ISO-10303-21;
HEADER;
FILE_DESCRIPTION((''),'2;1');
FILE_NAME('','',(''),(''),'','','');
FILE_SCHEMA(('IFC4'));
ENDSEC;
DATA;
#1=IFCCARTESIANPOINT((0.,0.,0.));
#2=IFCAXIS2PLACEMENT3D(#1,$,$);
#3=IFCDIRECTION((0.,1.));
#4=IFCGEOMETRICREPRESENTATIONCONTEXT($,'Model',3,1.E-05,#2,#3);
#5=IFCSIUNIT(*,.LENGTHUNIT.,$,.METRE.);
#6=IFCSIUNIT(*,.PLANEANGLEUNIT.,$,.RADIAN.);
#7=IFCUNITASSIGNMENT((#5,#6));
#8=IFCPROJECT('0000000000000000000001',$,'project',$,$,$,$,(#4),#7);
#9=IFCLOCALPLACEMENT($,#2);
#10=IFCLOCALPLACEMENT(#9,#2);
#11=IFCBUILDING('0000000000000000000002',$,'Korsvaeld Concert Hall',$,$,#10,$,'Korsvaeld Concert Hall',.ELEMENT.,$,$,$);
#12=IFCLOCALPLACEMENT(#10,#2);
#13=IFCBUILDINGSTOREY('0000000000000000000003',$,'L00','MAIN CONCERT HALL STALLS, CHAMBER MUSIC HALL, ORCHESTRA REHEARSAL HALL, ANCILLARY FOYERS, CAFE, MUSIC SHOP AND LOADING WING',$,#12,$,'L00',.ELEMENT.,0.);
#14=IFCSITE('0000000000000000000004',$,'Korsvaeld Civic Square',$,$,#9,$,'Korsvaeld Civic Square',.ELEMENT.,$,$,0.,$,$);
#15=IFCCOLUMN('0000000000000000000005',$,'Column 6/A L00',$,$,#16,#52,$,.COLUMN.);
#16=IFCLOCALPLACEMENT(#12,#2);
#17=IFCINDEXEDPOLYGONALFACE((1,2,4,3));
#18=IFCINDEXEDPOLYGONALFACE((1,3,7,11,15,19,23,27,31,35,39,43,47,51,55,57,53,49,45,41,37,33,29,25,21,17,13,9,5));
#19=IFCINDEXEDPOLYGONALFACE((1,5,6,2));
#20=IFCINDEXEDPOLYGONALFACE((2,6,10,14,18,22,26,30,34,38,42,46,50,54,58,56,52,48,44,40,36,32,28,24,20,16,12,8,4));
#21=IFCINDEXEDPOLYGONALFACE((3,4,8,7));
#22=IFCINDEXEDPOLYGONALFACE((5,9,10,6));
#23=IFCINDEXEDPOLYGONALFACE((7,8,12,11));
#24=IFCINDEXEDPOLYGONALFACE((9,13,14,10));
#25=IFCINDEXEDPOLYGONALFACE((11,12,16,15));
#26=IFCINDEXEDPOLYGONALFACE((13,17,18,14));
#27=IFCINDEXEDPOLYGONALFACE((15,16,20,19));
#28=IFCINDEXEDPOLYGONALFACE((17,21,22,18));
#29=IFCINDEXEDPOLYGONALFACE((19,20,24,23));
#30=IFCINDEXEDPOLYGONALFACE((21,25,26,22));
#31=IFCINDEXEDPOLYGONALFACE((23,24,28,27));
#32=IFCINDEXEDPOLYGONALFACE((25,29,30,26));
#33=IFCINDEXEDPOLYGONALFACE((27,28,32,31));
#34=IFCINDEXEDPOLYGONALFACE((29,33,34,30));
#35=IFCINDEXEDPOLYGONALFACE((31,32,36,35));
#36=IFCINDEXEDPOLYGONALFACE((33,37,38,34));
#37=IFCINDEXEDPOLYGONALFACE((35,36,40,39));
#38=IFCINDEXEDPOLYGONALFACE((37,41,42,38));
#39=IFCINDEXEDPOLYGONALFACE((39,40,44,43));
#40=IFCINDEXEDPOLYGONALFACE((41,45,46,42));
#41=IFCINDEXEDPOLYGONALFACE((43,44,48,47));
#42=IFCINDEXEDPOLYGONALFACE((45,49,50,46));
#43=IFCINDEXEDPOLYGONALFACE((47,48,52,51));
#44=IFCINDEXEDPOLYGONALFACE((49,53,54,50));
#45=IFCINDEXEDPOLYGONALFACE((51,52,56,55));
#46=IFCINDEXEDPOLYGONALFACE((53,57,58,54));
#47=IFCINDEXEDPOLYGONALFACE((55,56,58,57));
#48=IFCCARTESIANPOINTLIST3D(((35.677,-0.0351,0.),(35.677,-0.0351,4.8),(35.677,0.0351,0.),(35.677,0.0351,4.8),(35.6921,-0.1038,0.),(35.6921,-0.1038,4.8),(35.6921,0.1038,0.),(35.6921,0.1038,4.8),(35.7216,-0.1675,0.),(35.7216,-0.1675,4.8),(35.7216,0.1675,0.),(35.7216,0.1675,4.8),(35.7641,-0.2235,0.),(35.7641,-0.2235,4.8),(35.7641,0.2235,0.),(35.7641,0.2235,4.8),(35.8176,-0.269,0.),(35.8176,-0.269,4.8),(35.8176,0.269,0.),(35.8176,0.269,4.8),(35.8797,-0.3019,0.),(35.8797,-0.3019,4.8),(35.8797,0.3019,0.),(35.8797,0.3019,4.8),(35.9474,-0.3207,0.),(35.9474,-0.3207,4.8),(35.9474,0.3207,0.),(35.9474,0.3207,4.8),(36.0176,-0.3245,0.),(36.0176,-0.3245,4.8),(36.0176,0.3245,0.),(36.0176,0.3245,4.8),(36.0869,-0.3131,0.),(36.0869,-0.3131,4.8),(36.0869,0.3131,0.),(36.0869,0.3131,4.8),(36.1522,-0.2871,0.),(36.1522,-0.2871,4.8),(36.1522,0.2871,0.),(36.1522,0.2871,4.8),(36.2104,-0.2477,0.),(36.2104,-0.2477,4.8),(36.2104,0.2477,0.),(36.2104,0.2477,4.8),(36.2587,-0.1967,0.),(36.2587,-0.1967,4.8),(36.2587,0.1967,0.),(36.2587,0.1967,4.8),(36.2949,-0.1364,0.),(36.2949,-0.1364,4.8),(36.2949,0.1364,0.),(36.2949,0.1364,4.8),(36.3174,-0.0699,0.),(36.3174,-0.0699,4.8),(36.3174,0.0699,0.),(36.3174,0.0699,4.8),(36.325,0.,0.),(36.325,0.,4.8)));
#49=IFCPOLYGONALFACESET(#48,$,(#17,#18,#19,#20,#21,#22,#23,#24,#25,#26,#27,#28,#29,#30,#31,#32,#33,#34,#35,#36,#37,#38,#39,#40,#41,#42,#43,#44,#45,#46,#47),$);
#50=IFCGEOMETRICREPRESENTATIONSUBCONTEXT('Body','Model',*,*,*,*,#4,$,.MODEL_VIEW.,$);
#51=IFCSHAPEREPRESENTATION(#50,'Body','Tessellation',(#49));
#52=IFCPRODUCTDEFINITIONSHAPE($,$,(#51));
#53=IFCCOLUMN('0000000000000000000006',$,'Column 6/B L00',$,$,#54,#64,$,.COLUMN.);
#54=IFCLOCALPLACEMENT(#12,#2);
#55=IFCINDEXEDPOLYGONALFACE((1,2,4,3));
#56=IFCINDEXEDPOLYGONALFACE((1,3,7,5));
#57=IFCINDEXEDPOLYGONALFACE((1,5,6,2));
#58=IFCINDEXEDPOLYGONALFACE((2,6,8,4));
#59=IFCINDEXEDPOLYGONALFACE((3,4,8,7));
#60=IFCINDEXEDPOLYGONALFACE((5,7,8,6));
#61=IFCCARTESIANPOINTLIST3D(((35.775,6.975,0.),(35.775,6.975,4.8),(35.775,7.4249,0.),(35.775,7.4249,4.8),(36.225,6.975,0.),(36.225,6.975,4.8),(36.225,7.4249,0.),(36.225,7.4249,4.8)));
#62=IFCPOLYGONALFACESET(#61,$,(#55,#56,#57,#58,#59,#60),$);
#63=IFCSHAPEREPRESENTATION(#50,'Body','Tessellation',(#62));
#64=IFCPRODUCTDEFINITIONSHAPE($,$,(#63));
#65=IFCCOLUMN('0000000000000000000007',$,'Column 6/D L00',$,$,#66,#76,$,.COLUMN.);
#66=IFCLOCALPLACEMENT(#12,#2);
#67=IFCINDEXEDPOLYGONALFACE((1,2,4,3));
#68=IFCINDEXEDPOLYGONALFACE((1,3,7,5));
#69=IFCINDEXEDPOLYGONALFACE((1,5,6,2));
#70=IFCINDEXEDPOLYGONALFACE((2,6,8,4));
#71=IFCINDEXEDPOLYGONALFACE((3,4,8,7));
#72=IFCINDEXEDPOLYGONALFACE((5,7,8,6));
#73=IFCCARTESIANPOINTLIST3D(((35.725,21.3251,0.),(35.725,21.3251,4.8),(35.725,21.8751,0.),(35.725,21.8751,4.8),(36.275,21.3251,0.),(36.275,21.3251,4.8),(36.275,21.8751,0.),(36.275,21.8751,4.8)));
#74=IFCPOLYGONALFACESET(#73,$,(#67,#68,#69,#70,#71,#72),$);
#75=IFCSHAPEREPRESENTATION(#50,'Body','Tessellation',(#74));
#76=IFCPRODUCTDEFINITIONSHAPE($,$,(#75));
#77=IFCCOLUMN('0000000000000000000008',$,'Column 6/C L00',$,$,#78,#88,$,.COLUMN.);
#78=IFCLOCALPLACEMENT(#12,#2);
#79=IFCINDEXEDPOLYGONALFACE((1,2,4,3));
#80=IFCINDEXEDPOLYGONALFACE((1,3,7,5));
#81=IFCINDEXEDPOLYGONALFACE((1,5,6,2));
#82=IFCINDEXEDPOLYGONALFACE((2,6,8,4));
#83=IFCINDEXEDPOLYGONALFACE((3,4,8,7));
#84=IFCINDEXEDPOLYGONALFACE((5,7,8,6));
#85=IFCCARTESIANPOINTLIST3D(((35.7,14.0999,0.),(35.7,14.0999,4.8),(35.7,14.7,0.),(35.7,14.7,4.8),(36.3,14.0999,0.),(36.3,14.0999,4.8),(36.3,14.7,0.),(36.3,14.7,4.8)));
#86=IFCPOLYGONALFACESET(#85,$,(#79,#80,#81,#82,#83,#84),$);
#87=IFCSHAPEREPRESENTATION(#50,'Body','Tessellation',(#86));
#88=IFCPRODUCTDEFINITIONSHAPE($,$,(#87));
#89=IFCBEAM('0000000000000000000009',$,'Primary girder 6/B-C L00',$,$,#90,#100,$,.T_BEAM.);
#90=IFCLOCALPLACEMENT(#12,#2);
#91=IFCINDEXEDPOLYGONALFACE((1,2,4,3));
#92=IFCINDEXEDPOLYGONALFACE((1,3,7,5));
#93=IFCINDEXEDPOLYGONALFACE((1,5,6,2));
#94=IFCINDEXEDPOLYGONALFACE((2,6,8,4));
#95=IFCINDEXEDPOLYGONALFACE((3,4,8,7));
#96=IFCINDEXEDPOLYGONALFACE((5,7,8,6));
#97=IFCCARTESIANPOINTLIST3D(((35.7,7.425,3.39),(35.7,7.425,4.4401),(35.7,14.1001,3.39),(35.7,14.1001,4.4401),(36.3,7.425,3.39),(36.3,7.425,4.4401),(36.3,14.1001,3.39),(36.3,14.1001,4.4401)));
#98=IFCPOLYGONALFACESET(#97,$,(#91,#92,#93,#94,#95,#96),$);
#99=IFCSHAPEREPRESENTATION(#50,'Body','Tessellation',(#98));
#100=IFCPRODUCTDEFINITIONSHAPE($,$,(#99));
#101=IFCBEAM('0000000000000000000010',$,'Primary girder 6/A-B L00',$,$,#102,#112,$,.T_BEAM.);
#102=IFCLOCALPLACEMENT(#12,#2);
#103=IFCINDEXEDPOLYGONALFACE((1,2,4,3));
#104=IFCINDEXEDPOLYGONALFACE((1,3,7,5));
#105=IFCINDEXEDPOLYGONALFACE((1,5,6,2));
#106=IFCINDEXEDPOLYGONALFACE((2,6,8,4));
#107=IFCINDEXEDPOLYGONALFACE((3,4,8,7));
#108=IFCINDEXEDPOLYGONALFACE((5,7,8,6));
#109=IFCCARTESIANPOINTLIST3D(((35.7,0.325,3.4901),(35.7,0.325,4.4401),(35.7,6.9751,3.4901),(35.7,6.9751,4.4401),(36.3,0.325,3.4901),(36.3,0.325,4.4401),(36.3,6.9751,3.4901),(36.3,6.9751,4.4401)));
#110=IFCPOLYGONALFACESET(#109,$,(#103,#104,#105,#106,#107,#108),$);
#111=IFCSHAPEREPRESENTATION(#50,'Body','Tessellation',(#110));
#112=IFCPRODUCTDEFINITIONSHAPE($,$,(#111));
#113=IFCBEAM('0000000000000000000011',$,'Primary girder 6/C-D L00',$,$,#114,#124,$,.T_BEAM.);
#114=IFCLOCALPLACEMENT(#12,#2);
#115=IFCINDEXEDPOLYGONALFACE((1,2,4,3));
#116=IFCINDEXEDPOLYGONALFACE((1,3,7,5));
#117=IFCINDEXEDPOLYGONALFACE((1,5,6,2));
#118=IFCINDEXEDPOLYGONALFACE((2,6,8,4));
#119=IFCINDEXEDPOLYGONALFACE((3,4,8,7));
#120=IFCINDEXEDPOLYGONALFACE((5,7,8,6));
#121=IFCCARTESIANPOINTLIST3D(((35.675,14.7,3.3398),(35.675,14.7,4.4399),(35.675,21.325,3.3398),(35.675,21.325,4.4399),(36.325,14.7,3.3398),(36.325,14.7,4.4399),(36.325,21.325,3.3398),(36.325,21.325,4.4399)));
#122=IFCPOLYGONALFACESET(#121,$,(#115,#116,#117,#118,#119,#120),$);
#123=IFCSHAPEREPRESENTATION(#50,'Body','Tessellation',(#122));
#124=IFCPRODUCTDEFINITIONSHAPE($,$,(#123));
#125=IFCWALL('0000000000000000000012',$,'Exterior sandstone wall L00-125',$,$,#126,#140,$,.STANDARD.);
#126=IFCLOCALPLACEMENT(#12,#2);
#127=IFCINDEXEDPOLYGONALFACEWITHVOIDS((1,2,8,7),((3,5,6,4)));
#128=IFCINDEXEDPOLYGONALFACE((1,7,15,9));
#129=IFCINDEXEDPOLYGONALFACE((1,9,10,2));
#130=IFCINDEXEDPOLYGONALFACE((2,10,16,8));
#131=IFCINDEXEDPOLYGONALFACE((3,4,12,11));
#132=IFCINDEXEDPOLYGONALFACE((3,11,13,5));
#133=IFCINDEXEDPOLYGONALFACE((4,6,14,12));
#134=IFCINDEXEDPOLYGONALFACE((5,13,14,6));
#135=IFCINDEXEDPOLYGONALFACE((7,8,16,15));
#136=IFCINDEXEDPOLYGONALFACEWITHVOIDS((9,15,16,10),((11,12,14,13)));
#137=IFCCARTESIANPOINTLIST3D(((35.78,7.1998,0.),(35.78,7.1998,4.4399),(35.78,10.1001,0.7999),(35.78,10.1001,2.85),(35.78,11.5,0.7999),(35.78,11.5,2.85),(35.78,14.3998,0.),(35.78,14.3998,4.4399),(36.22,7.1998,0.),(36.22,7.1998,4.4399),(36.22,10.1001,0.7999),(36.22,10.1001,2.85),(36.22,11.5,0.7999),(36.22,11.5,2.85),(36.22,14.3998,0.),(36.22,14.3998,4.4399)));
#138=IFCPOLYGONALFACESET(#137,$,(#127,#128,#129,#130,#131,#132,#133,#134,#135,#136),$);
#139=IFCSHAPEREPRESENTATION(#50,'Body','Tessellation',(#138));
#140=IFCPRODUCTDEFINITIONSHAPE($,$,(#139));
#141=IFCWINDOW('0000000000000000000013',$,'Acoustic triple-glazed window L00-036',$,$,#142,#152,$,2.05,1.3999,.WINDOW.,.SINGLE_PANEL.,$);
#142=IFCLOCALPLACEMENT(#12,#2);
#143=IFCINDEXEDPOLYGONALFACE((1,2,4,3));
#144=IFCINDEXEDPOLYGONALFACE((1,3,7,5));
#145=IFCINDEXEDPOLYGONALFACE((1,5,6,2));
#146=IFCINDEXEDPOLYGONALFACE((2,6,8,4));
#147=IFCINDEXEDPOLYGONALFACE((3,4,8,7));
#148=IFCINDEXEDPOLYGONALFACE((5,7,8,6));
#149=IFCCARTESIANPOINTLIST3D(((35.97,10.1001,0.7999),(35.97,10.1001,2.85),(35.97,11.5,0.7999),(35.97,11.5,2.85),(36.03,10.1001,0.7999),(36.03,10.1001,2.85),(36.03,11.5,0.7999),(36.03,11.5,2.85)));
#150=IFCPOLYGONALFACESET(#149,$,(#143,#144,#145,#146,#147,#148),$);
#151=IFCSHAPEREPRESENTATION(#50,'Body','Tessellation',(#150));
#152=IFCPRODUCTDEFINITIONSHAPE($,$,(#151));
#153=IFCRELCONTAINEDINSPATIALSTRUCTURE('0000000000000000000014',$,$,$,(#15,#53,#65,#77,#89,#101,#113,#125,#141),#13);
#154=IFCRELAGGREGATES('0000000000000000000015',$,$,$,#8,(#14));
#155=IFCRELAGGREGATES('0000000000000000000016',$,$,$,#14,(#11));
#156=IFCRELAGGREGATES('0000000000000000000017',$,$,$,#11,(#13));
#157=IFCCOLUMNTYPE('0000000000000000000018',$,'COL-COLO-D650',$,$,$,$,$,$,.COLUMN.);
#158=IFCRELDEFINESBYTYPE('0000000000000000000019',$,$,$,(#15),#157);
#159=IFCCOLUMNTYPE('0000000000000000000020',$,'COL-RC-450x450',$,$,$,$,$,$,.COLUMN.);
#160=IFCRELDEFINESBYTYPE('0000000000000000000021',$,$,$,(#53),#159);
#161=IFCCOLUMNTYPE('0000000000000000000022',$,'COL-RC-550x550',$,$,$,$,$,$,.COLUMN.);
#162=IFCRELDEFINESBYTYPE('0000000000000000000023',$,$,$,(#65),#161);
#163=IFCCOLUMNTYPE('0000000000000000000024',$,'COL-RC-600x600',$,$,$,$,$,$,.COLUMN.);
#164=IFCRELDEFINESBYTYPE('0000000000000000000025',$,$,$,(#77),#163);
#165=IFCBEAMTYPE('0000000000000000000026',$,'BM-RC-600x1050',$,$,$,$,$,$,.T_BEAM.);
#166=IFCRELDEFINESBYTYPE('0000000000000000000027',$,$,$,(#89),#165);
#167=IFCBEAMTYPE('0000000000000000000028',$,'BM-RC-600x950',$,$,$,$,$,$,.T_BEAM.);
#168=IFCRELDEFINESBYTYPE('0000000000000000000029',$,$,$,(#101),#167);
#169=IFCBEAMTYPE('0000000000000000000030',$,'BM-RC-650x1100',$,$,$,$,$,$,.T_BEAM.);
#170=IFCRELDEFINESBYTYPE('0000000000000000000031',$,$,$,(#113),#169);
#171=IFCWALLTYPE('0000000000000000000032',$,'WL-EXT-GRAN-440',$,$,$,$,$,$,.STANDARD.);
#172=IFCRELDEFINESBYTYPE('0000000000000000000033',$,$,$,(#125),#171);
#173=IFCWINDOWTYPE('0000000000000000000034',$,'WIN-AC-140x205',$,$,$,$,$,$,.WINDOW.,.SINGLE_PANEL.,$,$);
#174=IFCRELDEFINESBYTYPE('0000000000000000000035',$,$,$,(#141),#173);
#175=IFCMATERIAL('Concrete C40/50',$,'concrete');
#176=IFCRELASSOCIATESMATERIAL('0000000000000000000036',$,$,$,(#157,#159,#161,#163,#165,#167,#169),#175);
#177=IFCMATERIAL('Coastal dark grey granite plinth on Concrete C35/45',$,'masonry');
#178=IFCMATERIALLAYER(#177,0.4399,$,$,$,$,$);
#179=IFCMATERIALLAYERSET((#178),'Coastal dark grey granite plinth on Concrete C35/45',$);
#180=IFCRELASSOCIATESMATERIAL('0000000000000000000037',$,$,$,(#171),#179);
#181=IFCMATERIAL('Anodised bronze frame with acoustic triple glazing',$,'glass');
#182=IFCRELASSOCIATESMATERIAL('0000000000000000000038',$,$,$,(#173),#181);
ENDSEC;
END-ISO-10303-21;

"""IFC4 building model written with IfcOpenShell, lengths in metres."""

from ifc_helpers import new_model, si_unit, direction, frame, frame_2d, origin, origin_2d, place, context, subcontext, project, spatial, rectangle, circle, extrude, material, layer, layer_set, material_profile, profile_set, type_object, element, fill, save


model = new_model("IFC4")

# Units and contexts
model_context = context("Model", 3, precision=1e-05, world=origin(), true_north=direction((0.0, 1.0)))
body_context = subcontext(model_context, "Body", "Model", "MODEL_VIEW")
ifc_project = project(units=[si_unit("LENGTHUNIT", "METRE"), si_unit("PLANEANGLEUNIT", "RADIAN")], contexts=[model_context])

# Site, building, storey
site_placement = place(None, origin())
site = spatial("IfcSite", under=ifc_project, at=site_placement, Name="Korsvaeld Civic Square", LongName="Korsvaeld Civic Square", CompositionType="ELEMENT", RefElevation=0.0)
building_placement = place(site_placement, origin())
building = spatial("IfcBuilding", under=site, at=building_placement, Name="Korsvaeld Concert Hall", LongName="Korsvaeld Concert Hall", CompositionType="ELEMENT")
storey_placement = place(building_placement, origin())
storey = spatial("IfcBuildingStorey", under=building, at=storey_placement, Name="L00", Description="MAIN CONCERT HALL STALLS, CHAMBER MUSIC HALL, ORCHESTRA REHEARSAL HALL, ANCILLARY FOYERS, CAFE, MUSIC SHOP AND LOADING WING", LongName="L00", CompositionType="ELEMENT", Elevation=0.0)

# Columns
ifc_material_1 = material(Name="Concrete C40/50", Category="concrete")
ifc_material_profile_1 = material_profile(ifc_material_1, circle(Radius=0.325, at=origin_2d()), Name="RC D650")
ifc_profile_set_1 = profile_set([ifc_material_profile_1], Name="Concrete C40/50")
column_type_1 = type_object("IfcColumnType", Name="COL-COLO-D650", PredefinedType="COLUMN", material=ifc_profile_set_1)
column_1_placement = place(storey_placement, frame((36.0, 0.0, 0.0), z_axis=(0.0, 0.0, 1.0), x_axis=(1.0, 0.0, 0.0)))
element("IfcColumn", 1, at=column_1_placement, inside=storey, type_object=column_type_1, Name="Column 6/A L00", PredefinedType="COLUMN", context=body_context, shape_type="SweptSolid", body=[
    extrude(circle(Radius=0.325, at=origin_2d()), origin(), (0.0, 0.0, 1.0), 4.8),
])
ifc_material_profile_2 = material_profile(ifc_material_1, rectangle(XDim=0.45, YDim=0.45, at=origin_2d()), Name="RC 450x450")
ifc_profile_set_2 = profile_set([ifc_material_profile_2], Name="Concrete C40/50")
column_type_2 = type_object("IfcColumnType", Name="COL-RC-450x450", PredefinedType="COLUMN", material=ifc_profile_set_2)
column_2_placement = place(storey_placement, frame((36.0, 7.2, 0.0), z_axis=(0.0, 0.0, 1.0), x_axis=(1.0, 0.0, 0.0)))
element("IfcColumn", 2, at=column_2_placement, inside=storey, type_object=column_type_2, Name="Column 6/B L00", PredefinedType="COLUMN", context=body_context, shape_type="SweptSolid", body=[
    extrude(rectangle(XDim=0.45, YDim=0.45, at=origin_2d()), origin(), (0.0, 0.0, 1.0), 4.8),
])
ifc_material_profile_3 = material_profile(ifc_material_1, rectangle(XDim=0.55, YDim=0.55, at=origin_2d()), Name="RC 550x550")
ifc_profile_set_3 = profile_set([ifc_material_profile_3], Name="Concrete C40/50")
column_type_3 = type_object("IfcColumnType", Name="COL-RC-550x550", PredefinedType="COLUMN", material=ifc_profile_set_3)
column_3_placement = place(storey_placement, frame((36.0, 21.6001, 0.0), z_axis=(0.0, 0.0, 1.0), x_axis=(1.0, 0.0, 0.0)))
element("IfcColumn", 3, at=column_3_placement, inside=storey, type_object=column_type_3, Name="Column 6/D L00", PredefinedType="COLUMN", context=body_context, shape_type="SweptSolid", body=[
    extrude(rectangle(XDim=0.55, YDim=0.55, at=origin_2d()), origin(), (0.0, 0.0, 1.0), 4.8),
])
ifc_material_profile_4 = material_profile(ifc_material_1, rectangle(XDim=0.6001, YDim=0.6001, at=origin_2d()), Name="RC 600x600")
ifc_profile_set_4 = profile_set([ifc_material_profile_4], Name="Concrete C40/50")
column_type_4 = type_object("IfcColumnType", Name="COL-RC-600x600", PredefinedType="COLUMN", material=ifc_profile_set_4)
column_4_placement = place(storey_placement, frame((36.0, 14.3999, 0.0), z_axis=(0.0, 0.0, 1.0), x_axis=(1.0, 0.0, 0.0)))
element("IfcColumn", 4, at=column_4_placement, inside=storey, type_object=column_type_4, Name="Column 6/C L00", PredefinedType="COLUMN", context=body_context, shape_type="SweptSolid", body=[
    extrude(rectangle(XDim=0.6001, YDim=0.6001, at=origin_2d()), origin(), (0.0, 0.0, 1.0), 4.8),
])

# Beams
ifc_material_profile_5 = material_profile(ifc_material_1, rectangle(XDim=0.6001, YDim=1.05, at=origin_2d()), Name="RC 600x1050")
ifc_profile_set_5 = profile_set([ifc_material_profile_5], Name="Concrete C40/50")
beam_type_1 = type_object("IfcBeamType", Name="BM-RC-600x1050", PredefinedType="T_BEAM", material=ifc_profile_set_5)
beam_1_placement = place(storey_placement, frame((36.0, 7.425, 3.915), z_axis=(0.0, 1.0, 0.0), x_axis=(-1.0, 0.0, 0.0)))
element("IfcBeam", 5, at=beam_1_placement, inside=storey, type_object=beam_type_1, Name="Primary girder 6/B-C L00", PredefinedType="T_BEAM", context=body_context, shape_type="SweptSolid", body=[
    extrude(rectangle(XDim=0.6001, YDim=1.05, at=origin_2d()), origin(), (0.0, 0.0, 1.0), 6.675),
])
ifc_material_profile_6 = material_profile(ifc_material_1, rectangle(XDim=0.6001, YDim=0.95, at=origin_2d()), Name="RC 600x950")
ifc_profile_set_6 = profile_set([ifc_material_profile_6], Name="Concrete C40/50")
beam_type_2 = type_object("IfcBeamType", Name="BM-RC-600x950", PredefinedType="T_BEAM", material=ifc_profile_set_6)
beam_2_placement = place(storey_placement, frame((36.0, 0.325, 3.9651), z_axis=(0.0, 1.0, 0.0), x_axis=(-1.0, 0.0, 0.0)))
element("IfcBeam", 6, at=beam_2_placement, inside=storey, type_object=beam_type_2, Name="Primary girder 6/A-B L00", PredefinedType="T_BEAM", context=body_context, shape_type="SweptSolid", body=[
    extrude(rectangle(XDim=0.6001, YDim=0.95, at=origin_2d()), origin(), (0.0, 0.0, 1.0), 6.6501),
])
ifc_material_profile_7 = material_profile(ifc_material_1, rectangle(XDim=0.6499, YDim=1.1001, at=origin_2d()), Name="RC 650x1100")
ifc_profile_set_7 = profile_set([ifc_material_profile_7], Name="Concrete C40/50")
beam_type_3 = type_object("IfcBeamType", Name="BM-RC-650x1100", PredefinedType="T_BEAM", material=ifc_profile_set_7)
beam_3_placement = place(storey_placement, frame((36.0, 14.7, 3.8899), z_axis=(0.0, 1.0, 0.0), x_axis=(-1.0, 0.0, 0.0)))
element("IfcBeam", 7, at=beam_3_placement, inside=storey, type_object=beam_type_3, Name="Primary girder 6/C-D L00", PredefinedType="T_BEAM", context=body_context, shape_type="SweptSolid", body=[
    extrude(rectangle(XDim=0.6499, YDim=1.1001, at=origin_2d()), origin(), (0.0, 0.0, 1.0), 6.625),
])

# Wall, opening, window
ifc_material_2 = material(Name="Coastal dark grey granite plinth on Concrete C35/45", Category="masonry")
ifc_layer_1 = layer(ifc_material_2, 0.4399)
ifc_layer_set_1 = layer_set([ifc_layer_1], Name="Coastal dark grey granite plinth on Concrete C35/45")
wall_type_1 = type_object("IfcWallType", Name="WL-EXT-GRAN-440", PredefinedType="STANDARD", material=ifc_layer_set_1)
wall_1_placement = place(storey_placement, frame((36.0, 14.3999, 0.0), z_axis=(0.0, 0.0, 1.0), x_axis=(0.0, -1.0, 0.0)))
wall_1 = element("IfcWall", 8, at=wall_1_placement, inside=storey, type_object=wall_type_1, Name="Exterior sandstone wall L00-125", PredefinedType="STANDARD", context=body_context, shape_type="SweptSolid", body=[
    extrude(rectangle(XDim=7.2, YDim=0.4399, at=frame_2d((3.6001, 0.0))), origin(), (0.0, 0.0, 1.0), 4.4399),
])
opening_1_placement = place(wall_1_placement, frame((2.8999, 0.0, 0.8)))
opening_1 = element("IfcOpeningElement", 9, at=opening_1_placement, cuts=wall_1, PredefinedType="OPENING", context=body_context, shape_type="SweptSolid", body=[
    extrude(rectangle(XDim=1.3999, YDim=2.05, at=frame_2d((0.7, 1.0249))), frame((0.0, 0.23, 0.0), z_axis=(0.0, -1.0, 0.0), x_axis=(1.0, 0.0, 0.0)), (0.0, 0.0, 1.0), 0.46),
])
ifc_material_3 = material(Name="Anodised bronze frame with acoustic triple glazing", Category="glass")
window_type_1 = type_object("IfcWindowType", Name="WIN-AC-140x205", PartitioningType="SINGLE_PANEL", PredefinedType="WINDOW", material=ifc_material_3)
window_1_placement = place(opening_1_placement, origin())
window_1 = element("IfcWindow", 10, at=window_1_placement, inside=storey, type_object=window_type_1, Name="Acoustic triple-glazed window L00-036", OverallHeight=2.05, OverallWidth=1.3999, PartitioningType="SINGLE_PANEL", PredefinedType="WINDOW", context=body_context, shape_type="SweptSolid", body=[
    extrude(rectangle(XDim=1.3999, YDim=2.05, at=frame_2d((0.7, 1.0249))), frame((0.0, 0.03, 0.0), z_axis=(0.0, -1.0, 0.0), x_axis=(1.0, 0.0, 0.0)), (0.0, 0.0, 1.0), 0.0601),
])
fill(opening_1, window_1)

save(model, "model.ifc")
